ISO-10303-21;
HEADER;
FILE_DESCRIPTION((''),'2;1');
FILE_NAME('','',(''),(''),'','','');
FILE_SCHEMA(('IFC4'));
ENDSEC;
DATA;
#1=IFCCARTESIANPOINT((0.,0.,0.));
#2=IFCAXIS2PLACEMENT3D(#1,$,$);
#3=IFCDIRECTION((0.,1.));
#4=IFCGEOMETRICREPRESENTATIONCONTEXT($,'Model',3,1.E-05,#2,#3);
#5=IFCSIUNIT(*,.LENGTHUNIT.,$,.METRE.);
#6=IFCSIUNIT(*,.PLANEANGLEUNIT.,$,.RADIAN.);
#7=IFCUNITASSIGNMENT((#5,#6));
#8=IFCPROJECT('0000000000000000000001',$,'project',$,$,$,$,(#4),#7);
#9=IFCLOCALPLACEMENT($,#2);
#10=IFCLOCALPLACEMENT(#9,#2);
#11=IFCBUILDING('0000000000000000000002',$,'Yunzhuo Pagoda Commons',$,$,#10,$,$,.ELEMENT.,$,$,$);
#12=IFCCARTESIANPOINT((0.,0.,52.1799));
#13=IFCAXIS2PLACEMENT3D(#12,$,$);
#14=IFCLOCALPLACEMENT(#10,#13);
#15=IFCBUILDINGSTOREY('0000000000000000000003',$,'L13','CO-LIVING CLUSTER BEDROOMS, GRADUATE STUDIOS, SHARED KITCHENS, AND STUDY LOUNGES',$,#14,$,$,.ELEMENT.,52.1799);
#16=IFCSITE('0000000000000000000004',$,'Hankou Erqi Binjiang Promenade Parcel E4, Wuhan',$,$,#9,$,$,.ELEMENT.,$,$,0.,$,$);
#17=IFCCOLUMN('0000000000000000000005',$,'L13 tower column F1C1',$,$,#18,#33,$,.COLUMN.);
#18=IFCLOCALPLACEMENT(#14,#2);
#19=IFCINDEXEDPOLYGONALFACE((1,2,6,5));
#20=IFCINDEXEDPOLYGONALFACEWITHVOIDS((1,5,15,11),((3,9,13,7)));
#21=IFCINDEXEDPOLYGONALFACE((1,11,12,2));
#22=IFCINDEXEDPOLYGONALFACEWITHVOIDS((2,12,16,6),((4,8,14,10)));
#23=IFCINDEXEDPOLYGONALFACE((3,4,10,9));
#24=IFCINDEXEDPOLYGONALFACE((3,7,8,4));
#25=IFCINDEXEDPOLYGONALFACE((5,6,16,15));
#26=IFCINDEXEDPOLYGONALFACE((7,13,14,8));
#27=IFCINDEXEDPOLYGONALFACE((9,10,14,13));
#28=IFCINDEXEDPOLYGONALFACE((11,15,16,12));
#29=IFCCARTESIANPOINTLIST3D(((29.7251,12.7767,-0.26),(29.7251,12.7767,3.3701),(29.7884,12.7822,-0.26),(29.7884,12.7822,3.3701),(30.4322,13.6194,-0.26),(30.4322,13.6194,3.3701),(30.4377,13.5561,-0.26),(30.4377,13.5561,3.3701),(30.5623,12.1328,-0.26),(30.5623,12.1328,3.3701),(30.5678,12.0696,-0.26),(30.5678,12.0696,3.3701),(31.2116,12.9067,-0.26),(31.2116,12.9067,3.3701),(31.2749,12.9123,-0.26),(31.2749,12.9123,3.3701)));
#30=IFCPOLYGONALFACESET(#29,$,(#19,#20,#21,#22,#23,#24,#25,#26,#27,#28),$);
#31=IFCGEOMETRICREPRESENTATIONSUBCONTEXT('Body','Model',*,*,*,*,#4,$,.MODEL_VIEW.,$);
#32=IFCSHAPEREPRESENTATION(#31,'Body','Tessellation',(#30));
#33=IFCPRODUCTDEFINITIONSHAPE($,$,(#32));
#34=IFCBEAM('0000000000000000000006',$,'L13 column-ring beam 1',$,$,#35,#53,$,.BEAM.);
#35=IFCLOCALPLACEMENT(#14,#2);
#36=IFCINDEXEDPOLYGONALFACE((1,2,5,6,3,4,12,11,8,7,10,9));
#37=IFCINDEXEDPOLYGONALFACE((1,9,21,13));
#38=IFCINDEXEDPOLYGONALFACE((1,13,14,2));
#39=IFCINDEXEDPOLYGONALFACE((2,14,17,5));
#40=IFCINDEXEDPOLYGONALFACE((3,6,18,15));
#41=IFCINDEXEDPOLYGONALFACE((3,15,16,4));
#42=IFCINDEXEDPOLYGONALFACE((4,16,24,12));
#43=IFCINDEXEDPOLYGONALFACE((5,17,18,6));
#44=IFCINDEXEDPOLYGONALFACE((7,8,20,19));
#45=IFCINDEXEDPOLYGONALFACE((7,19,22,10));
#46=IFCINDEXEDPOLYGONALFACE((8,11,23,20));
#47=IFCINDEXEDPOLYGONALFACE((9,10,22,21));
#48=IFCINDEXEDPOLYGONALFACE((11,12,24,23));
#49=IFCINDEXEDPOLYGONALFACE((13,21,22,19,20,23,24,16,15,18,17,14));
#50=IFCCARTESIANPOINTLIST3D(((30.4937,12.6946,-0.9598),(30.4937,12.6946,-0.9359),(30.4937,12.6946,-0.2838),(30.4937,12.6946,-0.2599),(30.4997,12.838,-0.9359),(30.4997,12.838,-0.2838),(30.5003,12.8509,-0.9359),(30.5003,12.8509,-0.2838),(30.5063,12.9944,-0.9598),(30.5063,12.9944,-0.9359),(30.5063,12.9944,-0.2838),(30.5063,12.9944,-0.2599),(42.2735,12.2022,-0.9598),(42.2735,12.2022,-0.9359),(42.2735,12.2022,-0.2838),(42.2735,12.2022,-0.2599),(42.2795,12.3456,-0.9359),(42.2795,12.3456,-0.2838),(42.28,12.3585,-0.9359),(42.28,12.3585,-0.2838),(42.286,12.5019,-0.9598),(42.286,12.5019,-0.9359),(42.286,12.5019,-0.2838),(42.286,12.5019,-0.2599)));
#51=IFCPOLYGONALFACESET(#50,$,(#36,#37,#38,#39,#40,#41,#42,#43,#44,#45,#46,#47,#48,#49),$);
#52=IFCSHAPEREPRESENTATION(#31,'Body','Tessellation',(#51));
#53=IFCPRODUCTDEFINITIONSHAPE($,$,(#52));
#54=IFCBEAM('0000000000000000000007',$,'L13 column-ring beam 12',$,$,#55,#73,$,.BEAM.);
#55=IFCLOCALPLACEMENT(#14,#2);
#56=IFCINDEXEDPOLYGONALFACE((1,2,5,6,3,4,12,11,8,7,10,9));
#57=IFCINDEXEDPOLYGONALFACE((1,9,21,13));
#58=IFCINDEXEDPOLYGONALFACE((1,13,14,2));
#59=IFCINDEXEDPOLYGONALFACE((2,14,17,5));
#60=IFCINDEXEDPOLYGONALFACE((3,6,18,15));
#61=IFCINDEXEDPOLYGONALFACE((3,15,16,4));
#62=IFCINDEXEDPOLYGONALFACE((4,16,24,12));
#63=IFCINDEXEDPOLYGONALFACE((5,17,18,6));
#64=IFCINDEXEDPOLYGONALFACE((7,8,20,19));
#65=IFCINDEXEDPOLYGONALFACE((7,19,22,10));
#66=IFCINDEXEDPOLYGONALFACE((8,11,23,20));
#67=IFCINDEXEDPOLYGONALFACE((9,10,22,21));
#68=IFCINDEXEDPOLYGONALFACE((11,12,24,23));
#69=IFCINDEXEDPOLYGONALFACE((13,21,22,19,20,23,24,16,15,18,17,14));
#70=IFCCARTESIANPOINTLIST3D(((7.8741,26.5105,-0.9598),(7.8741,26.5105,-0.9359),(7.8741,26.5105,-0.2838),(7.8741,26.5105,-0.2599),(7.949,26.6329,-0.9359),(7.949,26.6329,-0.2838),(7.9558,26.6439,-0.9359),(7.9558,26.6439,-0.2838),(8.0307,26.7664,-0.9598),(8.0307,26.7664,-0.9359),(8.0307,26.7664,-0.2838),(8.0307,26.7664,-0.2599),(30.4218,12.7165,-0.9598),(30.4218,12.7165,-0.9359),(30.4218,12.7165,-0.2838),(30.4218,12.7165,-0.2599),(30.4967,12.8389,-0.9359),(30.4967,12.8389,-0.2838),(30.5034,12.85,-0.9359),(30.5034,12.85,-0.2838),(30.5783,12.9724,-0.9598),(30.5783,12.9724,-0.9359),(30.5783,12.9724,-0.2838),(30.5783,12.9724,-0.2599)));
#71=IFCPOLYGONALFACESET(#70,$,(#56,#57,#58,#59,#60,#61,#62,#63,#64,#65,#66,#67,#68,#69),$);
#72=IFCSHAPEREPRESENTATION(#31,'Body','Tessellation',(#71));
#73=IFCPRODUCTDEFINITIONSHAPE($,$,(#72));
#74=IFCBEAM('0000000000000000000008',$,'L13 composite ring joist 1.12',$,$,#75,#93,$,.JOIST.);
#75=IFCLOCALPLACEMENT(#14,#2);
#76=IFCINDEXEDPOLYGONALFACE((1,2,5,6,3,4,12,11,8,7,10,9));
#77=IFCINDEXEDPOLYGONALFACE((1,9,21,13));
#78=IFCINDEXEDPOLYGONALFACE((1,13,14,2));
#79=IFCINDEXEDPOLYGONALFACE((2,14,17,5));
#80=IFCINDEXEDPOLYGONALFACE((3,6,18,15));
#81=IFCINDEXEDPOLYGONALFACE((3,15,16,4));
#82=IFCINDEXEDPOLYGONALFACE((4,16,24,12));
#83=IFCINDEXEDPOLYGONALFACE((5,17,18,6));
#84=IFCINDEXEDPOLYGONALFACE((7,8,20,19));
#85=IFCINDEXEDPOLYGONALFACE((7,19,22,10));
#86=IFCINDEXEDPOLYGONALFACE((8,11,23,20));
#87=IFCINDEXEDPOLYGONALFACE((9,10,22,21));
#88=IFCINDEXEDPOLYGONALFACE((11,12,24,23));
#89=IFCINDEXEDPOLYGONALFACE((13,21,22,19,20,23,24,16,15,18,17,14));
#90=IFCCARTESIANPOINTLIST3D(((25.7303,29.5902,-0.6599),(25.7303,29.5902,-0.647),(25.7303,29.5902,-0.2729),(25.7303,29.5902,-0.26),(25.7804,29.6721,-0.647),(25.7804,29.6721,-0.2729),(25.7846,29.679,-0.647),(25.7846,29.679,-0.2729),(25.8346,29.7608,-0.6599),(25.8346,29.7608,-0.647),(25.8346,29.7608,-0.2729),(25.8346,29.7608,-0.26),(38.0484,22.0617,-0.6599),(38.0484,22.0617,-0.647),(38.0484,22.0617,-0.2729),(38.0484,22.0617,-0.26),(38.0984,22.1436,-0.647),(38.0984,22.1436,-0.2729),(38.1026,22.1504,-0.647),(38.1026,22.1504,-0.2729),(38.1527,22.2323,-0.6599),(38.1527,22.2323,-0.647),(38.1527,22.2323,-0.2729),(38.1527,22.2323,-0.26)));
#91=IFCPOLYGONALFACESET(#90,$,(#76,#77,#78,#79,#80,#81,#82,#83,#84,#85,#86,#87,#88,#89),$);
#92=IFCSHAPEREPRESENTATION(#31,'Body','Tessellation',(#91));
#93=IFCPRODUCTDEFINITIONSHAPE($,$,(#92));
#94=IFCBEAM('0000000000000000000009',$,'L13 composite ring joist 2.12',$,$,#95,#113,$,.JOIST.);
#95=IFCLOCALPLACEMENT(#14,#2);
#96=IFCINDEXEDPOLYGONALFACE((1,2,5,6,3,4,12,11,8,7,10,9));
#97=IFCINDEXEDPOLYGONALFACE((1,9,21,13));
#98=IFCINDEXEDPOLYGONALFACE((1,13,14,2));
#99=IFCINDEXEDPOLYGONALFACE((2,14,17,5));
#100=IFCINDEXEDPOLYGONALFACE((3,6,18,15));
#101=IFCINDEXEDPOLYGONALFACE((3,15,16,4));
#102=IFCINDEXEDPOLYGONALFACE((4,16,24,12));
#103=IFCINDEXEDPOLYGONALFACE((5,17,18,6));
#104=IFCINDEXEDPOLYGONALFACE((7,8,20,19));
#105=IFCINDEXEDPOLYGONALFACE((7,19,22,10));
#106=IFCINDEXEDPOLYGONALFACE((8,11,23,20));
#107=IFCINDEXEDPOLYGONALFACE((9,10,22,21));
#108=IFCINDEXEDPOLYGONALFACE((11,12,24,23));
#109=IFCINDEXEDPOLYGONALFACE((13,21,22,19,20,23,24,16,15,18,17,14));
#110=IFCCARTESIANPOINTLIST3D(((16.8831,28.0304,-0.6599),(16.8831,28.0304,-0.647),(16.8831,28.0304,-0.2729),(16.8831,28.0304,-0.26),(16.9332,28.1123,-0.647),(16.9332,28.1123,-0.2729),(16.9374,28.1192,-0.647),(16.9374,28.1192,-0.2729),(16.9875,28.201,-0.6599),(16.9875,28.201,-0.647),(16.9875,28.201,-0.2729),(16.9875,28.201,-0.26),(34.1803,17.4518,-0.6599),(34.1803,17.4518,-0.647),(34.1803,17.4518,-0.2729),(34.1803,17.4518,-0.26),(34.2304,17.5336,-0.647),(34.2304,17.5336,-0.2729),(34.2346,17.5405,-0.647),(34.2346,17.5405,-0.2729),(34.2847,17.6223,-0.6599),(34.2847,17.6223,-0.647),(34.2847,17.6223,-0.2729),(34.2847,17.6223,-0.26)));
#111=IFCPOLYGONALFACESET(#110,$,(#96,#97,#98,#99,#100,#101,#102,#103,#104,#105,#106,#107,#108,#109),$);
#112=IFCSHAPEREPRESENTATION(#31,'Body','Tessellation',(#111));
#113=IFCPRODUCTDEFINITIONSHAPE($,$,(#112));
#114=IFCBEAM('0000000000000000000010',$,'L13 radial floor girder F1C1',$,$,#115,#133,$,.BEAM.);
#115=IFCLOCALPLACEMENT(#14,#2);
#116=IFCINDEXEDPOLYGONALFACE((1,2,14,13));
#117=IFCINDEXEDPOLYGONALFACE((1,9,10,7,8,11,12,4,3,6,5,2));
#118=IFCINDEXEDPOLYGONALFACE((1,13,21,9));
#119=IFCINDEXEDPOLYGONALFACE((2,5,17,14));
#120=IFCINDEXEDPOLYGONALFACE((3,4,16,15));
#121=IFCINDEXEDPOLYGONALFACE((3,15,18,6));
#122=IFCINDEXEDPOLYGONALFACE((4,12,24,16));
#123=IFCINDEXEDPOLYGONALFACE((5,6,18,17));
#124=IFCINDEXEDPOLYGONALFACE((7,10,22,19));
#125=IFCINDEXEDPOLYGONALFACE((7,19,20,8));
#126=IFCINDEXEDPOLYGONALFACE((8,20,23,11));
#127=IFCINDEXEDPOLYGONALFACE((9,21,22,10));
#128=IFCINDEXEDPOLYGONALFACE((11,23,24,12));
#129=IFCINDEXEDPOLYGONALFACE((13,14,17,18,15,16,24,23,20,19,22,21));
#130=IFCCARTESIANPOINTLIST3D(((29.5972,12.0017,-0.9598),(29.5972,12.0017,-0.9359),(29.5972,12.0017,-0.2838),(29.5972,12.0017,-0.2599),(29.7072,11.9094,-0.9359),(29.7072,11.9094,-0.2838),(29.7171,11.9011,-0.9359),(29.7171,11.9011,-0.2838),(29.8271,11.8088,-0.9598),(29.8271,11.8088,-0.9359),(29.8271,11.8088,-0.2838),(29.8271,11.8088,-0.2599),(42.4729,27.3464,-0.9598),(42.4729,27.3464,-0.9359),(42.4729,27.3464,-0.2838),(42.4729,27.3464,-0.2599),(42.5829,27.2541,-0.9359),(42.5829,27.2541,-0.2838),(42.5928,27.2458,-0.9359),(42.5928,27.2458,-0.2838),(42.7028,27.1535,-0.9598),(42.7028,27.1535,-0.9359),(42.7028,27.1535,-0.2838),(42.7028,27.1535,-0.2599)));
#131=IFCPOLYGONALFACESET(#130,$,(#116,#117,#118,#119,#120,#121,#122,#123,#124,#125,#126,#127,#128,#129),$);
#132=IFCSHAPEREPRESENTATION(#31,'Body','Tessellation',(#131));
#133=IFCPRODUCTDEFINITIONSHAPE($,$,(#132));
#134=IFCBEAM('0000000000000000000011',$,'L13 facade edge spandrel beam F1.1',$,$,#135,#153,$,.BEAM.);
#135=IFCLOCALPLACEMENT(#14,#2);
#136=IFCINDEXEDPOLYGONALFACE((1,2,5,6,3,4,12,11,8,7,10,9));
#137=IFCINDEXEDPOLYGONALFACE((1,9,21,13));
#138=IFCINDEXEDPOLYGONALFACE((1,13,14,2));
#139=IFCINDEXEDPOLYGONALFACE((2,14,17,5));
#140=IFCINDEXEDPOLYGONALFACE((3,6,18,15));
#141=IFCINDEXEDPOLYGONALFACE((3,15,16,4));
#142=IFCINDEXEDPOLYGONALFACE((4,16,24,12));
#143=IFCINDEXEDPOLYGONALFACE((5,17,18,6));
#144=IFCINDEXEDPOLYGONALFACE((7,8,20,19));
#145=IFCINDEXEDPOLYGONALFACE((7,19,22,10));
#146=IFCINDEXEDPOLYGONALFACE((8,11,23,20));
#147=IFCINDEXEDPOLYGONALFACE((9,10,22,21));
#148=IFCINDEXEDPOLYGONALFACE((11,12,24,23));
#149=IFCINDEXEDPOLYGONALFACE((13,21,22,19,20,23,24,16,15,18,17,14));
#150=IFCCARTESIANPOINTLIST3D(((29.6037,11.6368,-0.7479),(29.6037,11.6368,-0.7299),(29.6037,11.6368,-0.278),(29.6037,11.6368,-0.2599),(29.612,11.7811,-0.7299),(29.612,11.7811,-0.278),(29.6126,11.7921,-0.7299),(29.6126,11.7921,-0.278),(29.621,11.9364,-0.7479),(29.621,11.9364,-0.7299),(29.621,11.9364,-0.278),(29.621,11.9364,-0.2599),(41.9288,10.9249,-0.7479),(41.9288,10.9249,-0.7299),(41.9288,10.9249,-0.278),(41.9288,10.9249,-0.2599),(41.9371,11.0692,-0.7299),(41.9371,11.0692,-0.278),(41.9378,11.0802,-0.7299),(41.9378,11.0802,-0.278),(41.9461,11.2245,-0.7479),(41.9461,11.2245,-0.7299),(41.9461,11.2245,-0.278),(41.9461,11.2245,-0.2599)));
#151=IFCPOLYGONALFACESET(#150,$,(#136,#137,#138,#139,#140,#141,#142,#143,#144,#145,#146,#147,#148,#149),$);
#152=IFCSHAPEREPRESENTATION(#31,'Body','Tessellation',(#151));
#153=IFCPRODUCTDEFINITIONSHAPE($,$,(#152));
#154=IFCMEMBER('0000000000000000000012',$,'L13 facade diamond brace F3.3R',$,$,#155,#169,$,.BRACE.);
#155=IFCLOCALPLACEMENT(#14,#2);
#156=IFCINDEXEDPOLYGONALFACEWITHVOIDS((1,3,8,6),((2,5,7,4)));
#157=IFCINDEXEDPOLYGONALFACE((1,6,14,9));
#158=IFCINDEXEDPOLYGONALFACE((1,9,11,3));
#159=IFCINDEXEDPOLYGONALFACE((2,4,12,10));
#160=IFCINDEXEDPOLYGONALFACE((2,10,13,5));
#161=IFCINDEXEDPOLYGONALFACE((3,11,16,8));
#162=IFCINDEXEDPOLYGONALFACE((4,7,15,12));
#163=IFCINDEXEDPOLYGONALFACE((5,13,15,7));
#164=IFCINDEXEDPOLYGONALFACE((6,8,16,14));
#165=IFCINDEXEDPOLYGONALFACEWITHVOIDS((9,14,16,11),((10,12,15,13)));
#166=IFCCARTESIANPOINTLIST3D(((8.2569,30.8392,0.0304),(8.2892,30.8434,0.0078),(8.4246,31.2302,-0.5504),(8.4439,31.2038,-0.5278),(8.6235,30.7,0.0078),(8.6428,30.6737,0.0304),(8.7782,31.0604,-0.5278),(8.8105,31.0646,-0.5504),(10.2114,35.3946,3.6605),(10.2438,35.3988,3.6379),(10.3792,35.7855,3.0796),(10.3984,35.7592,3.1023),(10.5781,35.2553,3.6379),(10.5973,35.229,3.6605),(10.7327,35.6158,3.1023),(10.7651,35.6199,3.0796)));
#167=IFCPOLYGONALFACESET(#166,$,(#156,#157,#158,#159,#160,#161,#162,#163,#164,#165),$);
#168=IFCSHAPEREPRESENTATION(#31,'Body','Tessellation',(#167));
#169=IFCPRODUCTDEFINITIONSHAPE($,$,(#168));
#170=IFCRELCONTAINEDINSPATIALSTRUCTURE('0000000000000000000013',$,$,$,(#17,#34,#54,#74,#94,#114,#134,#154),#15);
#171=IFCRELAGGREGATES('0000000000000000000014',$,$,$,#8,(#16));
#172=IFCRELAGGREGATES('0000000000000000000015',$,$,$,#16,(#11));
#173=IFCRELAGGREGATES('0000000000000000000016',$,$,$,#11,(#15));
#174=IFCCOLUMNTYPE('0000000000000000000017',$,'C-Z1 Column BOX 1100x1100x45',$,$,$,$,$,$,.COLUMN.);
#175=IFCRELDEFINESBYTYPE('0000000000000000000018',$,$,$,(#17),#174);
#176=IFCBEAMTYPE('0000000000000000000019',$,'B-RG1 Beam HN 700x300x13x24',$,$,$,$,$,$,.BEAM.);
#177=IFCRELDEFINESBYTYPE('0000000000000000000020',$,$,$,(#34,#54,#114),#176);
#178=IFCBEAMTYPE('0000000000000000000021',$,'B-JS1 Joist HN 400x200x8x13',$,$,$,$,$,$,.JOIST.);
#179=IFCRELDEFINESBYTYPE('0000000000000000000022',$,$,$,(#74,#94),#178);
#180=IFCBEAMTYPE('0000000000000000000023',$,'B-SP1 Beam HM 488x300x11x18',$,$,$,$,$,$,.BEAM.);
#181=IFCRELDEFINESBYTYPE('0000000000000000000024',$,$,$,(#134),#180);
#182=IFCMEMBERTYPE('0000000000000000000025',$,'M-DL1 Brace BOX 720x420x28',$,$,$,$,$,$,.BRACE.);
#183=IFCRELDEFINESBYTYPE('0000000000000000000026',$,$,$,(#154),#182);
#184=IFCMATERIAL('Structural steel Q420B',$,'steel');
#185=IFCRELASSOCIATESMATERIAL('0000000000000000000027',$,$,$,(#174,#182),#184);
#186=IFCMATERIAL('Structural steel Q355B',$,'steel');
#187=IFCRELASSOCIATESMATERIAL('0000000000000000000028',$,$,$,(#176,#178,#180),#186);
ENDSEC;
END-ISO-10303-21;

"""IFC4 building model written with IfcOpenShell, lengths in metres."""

from ifc_helpers import new_model, si_unit, direction, frame, origin, origin_2d, place, context, subcontext, project, spatial, hollow_rectangle, i_section, extrude, source, transform, mapped, material, material_profile, profile_set, type_object, element, save


model = new_model("IFC4")

# Units and contexts
model_context = context("Model", 3, precision=1e-05, world=origin(), true_north=direction((0.0, 1.0)))
body_context = subcontext(model_context, "Body", "Model", "MODEL_VIEW")
ifc_project = project(units=[si_unit("LENGTHUNIT", "METRE"), si_unit("PLANEANGLEUNIT", "RADIAN")], contexts=[model_context])

# Site, building, storey
site_placement = place(None, origin())
site = spatial("IfcSite", under=ifc_project, at=site_placement, Name="Hankou Erqi Binjiang Promenade Parcel E4, Wuhan", CompositionType="ELEMENT", RefElevation=0.0)
building_placement = place(site_placement, origin())
building = spatial("IfcBuilding", under=site, at=building_placement, Name="Yunzhuo Pagoda Commons", CompositionType="ELEMENT")
storey_placement = place(building_placement, frame((0.0, 0.0, 52.1799)))
storey = spatial("IfcBuildingStorey", under=building, at=storey_placement, Name="L13", Description="CO-LIVING CLUSTER BEDROOMS, GRADUATE STUDIOS, SHARED KITCHENS, AND STUDY LOUNGES", CompositionType="ELEMENT", Elevation=52.1799)

# Column
ifc_material_1 = material(Name="Structural steel Q420B", Category="steel")
ifc_material_profile_1 = material_profile(ifc_material_1, hollow_rectangle(XDim=1.1001, YDim=1.1001, WallThickness=0.0449, at=origin_2d()), Name="Structural steel Q420B")
ifc_profile_set_1 = profile_set([ifc_material_profile_1], Name="Structural steel Q420B")
column_type = type_object("IfcColumnType", Name="C-Z1 Column BOX 1100x1100x45", PredefinedType="COLUMN", material=ifc_profile_set_1)
shared_shape_1 = source(origin(), body_context, "Body", "SweptSolid", [
    extrude(hollow_rectangle(XDim=1.1001, YDim=1.1001, WallThickness=0.0449, at=origin_2d()), origin(), (0.0, 0.0, 1.0), 3.6301),
])
column_placement = place(storey_placement, frame((30.5, 12.8445, -0.26), z_axis=(0.0, 0.0, 1.0), x_axis=(0.766044, -0.642788, 0.0)))
element("IfcColumn", 1, at=column_placement, inside=storey, type_object=column_type, Name="L13 tower column F1C1", PredefinedType="COLUMN", context=body_context, shape_type="MappedRepresentation", body=[
    mapped(shared_shape_1, transform((0.0, 0.0, 0.0), scale=1.0)),
])

# Beams
ifc_material_2 = material(Name="Structural steel Q355B", Category="steel")
ifc_material_profile_2 = material_profile(ifc_material_2, i_section(OverallWidth=0.3, OverallDepth=0.7, WebThickness=0.0129, FlangeThickness=0.0239, at=origin_2d()), Name="Structural steel Q355B")
ifc_profile_set_2 = profile_set([ifc_material_profile_2], Name="Structural steel Q355B")
beam_type_1 = type_object("IfcBeamType", Name="B-RG1 Beam HN 700x300x13x24", PredefinedType="BEAM", material=ifc_profile_set_2)
shared_shape_2 = source(origin(), body_context, "Body", "SweptSolid", [
    extrude(i_section(OverallWidth=0.3, OverallDepth=0.7, WebThickness=0.0129, FlangeThickness=0.0239, at=origin_2d()), origin(), (0.0, 0.0, 1.0), 11.79),
])
beam_1_placement = place(storey_placement, frame((30.5, 12.8445, -0.6099), z_axis=(0.999127, -0.041767, 0.0), x_axis=(0.041767, 0.999127, 0.0)))
element("IfcBeam", 2, at=beam_1_placement, inside=storey, type_object=beam_type_1, Name="L13 column-ring beam 1", PredefinedType="BEAM", context=body_context, shape_type="MappedRepresentation", body=[
    mapped(shared_shape_2, transform((0.0, 0.0, 0.0), scale=1.0)),
])
shared_shape_3 = source(origin(), body_context, "Body", "SweptSolid", [
    extrude(i_section(OverallWidth=0.3, OverallDepth=0.7, WebThickness=0.0129, FlangeThickness=0.0239, at=origin_2d()), origin(), (0.0, 0.0, 1.0), 26.4324),
])
beam_2_placement = place(storey_placement, frame((7.9524, 26.6384, -0.6099), z_axis=(0.853032, -0.521859, 0.0), x_axis=(0.521859, 0.853032, 0.0)))
element("IfcBeam", 3, at=beam_2_placement, inside=storey, type_object=beam_type_1, Name="L13 column-ring beam 12", PredefinedType="BEAM", context=body_context, shape_type="MappedRepresentation", body=[
    mapped(shared_shape_3, transform((0.0, 0.0, 0.0), scale=1.0)),
])
ifc_material_profile_3 = material_profile(ifc_material_2, i_section(OverallWidth=0.2, OverallDepth=0.3999, WebThickness=0.0081, FlangeThickness=0.0129, at=origin_2d()), Name="Structural steel Q355B")
ifc_profile_set_3 = profile_set([ifc_material_profile_3], Name="Structural steel Q355B")
beam_type_2 = type_object("IfcBeamType", Name="B-JS1 Joist HN 400x200x8x13", PredefinedType="JOIST", material=ifc_profile_set_3)
shared_shape_4 = source(origin(), body_context, "Body", "SweptSolid", [
    extrude(i_section(OverallWidth=0.2, OverallDepth=0.3999, WebThickness=0.0081, FlangeThickness=0.0129, at=origin_2d()), origin(), (0.0, 0.0, 1.0), 14.4365),
])
beam_3_placement = place(storey_placement, frame((25.7825, 29.6755, -0.46), z_axis=(0.853256, -0.521492, 0.0), x_axis=(0.521492, 0.853256, 0.0)))
element("IfcBeam", 4, at=beam_3_placement, inside=storey, type_object=beam_type_2, Name="L13 composite ring joist 1.12", PredefinedType="JOIST", context=body_context, shape_type="MappedRepresentation", body=[
    mapped(shared_shape_4, transform((0.0, 0.0, 0.0), scale=1.0)),
])
shared_shape_5 = source(origin(), body_context, "Body", "SweptSolid", [
    extrude(i_section(OverallWidth=0.2, OverallDepth=0.3999, WebThickness=0.0081, FlangeThickness=0.0129, at=origin_2d()), origin(), (0.0, 0.0, 1.0), 20.2756),
])
beam_4_placement = place(storey_placement, frame((16.9353, 28.1157, -0.46), z_axis=(0.853103, -0.521743, 0.0), x_axis=(0.521743, 0.853103, 0.0)))
element("IfcBeam", 5, at=beam_4_placement, inside=storey, type_object=beam_type_2, Name="L13 composite ring joist 2.12", PredefinedType="JOIST", context=body_context, shape_type="MappedRepresentation", body=[
    mapped(shared_shape_5, transform((0.0, 0.0, 0.0), scale=1.0)),
])
shared_shape_6 = source(origin(), body_context, "Body", "SweptSolid", [
    extrude(i_section(OverallWidth=0.3, OverallDepth=0.7, WebThickness=0.0129, FlangeThickness=0.0239, at=origin_2d()), origin(), (0.0, 0.0, 1.0), 20.031),
])
beam_5_placement = place(storey_placement, frame((29.7122, 11.9053, -0.6099), z_axis=(0.642787, 0.766045, 0.0), x_axis=(-0.766045, 0.642787, 0.0)))
element("IfcBeam", 6, at=beam_5_placement, inside=storey, type_object=beam_type_1, Name="L13 radial floor girder F1C1", PredefinedType="BEAM", context=body_context, shape_type="MappedRepresentation", body=[
    mapped(shared_shape_6, transform((0.0, 0.0, 0.0), scale=1.0)),
])
ifc_material_profile_4 = material_profile(ifc_material_2, i_section(OverallWidth=0.3, OverallDepth=0.488, WebThickness=0.011, FlangeThickness=0.0181, at=origin_2d()), Name="Structural steel Q355B")
ifc_profile_set_4 = profile_set([ifc_material_profile_4], Name="Structural steel Q355B")
beam_type_3 = type_object("IfcBeamType", Name="B-SP1 Beam HM 488x300x11x18", PredefinedType="BEAM", material=ifc_profile_set_4)
shared_shape_7 = source(origin(), body_context, "Body", "SweptSolid", [
    extrude(i_section(OverallWidth=0.3, OverallDepth=0.488, WebThickness=0.011, FlangeThickness=0.0181, at=origin_2d()), origin(), (0.0, 0.0, 1.0), 12.3457),
])
beam_6_placement = place(storey_placement, frame((29.6123, 11.7866, -0.5039), z_axis=(0.998336, -0.057665, 0.0), x_axis=(0.057665, 0.998336, 0.0)))
element("IfcBeam", 7, at=beam_6_placement, inside=storey, type_object=beam_type_3, Name="L13 facade edge spandrel beam F1.1", PredefinedType="BEAM", context=body_context, shape_type="MappedRepresentation", body=[
    mapped(shared_shape_7, transform((0.0, 0.0, 0.0), scale=1.0)),
])

# Member
ifc_material_profile_5 = material_profile(ifc_material_1, hollow_rectangle(XDim=0.4199, YDim=0.72, WallThickness=0.0281, at=origin_2d()), Name="Structural steel Q420B")
ifc_profile_set_5 = profile_set([ifc_material_profile_5], Name="Structural steel Q420B")
member_type_1 = type_object("IfcMemberType", Name="M-DL1 Brace BOX 720x420x28", PredefinedType="BRACE", material=ifc_profile_set_5)
shared_shape_8 = source(origin(), body_context, "Body", "SweptSolid", [
    extrude(hollow_rectangle(XDim=0.4199, YDim=0.72, WallThickness=0.0281, at=origin_2d()), origin(), (0.0, 0.0, 1.0), 6.144),
])
member_1_placement = place(storey_placement, frame((8.5337, 30.9519, -0.26), z_axis=(0.318124, 0.741429, 0.59083), x_axis=(-0.918979, 0.394306, 0.0)))
element("IfcMember", 8, at=member_1_placement, inside=storey, type_object=member_type_1, Name="L13 facade diamond brace F3.3R", PredefinedType="BRACE", context=body_context, shape_type="MappedRepresentation", body=[
    mapped(shared_shape_8, transform((0.0, 0.0, 0.0), scale=1.0)),
])

save(model, "model.ifc")
